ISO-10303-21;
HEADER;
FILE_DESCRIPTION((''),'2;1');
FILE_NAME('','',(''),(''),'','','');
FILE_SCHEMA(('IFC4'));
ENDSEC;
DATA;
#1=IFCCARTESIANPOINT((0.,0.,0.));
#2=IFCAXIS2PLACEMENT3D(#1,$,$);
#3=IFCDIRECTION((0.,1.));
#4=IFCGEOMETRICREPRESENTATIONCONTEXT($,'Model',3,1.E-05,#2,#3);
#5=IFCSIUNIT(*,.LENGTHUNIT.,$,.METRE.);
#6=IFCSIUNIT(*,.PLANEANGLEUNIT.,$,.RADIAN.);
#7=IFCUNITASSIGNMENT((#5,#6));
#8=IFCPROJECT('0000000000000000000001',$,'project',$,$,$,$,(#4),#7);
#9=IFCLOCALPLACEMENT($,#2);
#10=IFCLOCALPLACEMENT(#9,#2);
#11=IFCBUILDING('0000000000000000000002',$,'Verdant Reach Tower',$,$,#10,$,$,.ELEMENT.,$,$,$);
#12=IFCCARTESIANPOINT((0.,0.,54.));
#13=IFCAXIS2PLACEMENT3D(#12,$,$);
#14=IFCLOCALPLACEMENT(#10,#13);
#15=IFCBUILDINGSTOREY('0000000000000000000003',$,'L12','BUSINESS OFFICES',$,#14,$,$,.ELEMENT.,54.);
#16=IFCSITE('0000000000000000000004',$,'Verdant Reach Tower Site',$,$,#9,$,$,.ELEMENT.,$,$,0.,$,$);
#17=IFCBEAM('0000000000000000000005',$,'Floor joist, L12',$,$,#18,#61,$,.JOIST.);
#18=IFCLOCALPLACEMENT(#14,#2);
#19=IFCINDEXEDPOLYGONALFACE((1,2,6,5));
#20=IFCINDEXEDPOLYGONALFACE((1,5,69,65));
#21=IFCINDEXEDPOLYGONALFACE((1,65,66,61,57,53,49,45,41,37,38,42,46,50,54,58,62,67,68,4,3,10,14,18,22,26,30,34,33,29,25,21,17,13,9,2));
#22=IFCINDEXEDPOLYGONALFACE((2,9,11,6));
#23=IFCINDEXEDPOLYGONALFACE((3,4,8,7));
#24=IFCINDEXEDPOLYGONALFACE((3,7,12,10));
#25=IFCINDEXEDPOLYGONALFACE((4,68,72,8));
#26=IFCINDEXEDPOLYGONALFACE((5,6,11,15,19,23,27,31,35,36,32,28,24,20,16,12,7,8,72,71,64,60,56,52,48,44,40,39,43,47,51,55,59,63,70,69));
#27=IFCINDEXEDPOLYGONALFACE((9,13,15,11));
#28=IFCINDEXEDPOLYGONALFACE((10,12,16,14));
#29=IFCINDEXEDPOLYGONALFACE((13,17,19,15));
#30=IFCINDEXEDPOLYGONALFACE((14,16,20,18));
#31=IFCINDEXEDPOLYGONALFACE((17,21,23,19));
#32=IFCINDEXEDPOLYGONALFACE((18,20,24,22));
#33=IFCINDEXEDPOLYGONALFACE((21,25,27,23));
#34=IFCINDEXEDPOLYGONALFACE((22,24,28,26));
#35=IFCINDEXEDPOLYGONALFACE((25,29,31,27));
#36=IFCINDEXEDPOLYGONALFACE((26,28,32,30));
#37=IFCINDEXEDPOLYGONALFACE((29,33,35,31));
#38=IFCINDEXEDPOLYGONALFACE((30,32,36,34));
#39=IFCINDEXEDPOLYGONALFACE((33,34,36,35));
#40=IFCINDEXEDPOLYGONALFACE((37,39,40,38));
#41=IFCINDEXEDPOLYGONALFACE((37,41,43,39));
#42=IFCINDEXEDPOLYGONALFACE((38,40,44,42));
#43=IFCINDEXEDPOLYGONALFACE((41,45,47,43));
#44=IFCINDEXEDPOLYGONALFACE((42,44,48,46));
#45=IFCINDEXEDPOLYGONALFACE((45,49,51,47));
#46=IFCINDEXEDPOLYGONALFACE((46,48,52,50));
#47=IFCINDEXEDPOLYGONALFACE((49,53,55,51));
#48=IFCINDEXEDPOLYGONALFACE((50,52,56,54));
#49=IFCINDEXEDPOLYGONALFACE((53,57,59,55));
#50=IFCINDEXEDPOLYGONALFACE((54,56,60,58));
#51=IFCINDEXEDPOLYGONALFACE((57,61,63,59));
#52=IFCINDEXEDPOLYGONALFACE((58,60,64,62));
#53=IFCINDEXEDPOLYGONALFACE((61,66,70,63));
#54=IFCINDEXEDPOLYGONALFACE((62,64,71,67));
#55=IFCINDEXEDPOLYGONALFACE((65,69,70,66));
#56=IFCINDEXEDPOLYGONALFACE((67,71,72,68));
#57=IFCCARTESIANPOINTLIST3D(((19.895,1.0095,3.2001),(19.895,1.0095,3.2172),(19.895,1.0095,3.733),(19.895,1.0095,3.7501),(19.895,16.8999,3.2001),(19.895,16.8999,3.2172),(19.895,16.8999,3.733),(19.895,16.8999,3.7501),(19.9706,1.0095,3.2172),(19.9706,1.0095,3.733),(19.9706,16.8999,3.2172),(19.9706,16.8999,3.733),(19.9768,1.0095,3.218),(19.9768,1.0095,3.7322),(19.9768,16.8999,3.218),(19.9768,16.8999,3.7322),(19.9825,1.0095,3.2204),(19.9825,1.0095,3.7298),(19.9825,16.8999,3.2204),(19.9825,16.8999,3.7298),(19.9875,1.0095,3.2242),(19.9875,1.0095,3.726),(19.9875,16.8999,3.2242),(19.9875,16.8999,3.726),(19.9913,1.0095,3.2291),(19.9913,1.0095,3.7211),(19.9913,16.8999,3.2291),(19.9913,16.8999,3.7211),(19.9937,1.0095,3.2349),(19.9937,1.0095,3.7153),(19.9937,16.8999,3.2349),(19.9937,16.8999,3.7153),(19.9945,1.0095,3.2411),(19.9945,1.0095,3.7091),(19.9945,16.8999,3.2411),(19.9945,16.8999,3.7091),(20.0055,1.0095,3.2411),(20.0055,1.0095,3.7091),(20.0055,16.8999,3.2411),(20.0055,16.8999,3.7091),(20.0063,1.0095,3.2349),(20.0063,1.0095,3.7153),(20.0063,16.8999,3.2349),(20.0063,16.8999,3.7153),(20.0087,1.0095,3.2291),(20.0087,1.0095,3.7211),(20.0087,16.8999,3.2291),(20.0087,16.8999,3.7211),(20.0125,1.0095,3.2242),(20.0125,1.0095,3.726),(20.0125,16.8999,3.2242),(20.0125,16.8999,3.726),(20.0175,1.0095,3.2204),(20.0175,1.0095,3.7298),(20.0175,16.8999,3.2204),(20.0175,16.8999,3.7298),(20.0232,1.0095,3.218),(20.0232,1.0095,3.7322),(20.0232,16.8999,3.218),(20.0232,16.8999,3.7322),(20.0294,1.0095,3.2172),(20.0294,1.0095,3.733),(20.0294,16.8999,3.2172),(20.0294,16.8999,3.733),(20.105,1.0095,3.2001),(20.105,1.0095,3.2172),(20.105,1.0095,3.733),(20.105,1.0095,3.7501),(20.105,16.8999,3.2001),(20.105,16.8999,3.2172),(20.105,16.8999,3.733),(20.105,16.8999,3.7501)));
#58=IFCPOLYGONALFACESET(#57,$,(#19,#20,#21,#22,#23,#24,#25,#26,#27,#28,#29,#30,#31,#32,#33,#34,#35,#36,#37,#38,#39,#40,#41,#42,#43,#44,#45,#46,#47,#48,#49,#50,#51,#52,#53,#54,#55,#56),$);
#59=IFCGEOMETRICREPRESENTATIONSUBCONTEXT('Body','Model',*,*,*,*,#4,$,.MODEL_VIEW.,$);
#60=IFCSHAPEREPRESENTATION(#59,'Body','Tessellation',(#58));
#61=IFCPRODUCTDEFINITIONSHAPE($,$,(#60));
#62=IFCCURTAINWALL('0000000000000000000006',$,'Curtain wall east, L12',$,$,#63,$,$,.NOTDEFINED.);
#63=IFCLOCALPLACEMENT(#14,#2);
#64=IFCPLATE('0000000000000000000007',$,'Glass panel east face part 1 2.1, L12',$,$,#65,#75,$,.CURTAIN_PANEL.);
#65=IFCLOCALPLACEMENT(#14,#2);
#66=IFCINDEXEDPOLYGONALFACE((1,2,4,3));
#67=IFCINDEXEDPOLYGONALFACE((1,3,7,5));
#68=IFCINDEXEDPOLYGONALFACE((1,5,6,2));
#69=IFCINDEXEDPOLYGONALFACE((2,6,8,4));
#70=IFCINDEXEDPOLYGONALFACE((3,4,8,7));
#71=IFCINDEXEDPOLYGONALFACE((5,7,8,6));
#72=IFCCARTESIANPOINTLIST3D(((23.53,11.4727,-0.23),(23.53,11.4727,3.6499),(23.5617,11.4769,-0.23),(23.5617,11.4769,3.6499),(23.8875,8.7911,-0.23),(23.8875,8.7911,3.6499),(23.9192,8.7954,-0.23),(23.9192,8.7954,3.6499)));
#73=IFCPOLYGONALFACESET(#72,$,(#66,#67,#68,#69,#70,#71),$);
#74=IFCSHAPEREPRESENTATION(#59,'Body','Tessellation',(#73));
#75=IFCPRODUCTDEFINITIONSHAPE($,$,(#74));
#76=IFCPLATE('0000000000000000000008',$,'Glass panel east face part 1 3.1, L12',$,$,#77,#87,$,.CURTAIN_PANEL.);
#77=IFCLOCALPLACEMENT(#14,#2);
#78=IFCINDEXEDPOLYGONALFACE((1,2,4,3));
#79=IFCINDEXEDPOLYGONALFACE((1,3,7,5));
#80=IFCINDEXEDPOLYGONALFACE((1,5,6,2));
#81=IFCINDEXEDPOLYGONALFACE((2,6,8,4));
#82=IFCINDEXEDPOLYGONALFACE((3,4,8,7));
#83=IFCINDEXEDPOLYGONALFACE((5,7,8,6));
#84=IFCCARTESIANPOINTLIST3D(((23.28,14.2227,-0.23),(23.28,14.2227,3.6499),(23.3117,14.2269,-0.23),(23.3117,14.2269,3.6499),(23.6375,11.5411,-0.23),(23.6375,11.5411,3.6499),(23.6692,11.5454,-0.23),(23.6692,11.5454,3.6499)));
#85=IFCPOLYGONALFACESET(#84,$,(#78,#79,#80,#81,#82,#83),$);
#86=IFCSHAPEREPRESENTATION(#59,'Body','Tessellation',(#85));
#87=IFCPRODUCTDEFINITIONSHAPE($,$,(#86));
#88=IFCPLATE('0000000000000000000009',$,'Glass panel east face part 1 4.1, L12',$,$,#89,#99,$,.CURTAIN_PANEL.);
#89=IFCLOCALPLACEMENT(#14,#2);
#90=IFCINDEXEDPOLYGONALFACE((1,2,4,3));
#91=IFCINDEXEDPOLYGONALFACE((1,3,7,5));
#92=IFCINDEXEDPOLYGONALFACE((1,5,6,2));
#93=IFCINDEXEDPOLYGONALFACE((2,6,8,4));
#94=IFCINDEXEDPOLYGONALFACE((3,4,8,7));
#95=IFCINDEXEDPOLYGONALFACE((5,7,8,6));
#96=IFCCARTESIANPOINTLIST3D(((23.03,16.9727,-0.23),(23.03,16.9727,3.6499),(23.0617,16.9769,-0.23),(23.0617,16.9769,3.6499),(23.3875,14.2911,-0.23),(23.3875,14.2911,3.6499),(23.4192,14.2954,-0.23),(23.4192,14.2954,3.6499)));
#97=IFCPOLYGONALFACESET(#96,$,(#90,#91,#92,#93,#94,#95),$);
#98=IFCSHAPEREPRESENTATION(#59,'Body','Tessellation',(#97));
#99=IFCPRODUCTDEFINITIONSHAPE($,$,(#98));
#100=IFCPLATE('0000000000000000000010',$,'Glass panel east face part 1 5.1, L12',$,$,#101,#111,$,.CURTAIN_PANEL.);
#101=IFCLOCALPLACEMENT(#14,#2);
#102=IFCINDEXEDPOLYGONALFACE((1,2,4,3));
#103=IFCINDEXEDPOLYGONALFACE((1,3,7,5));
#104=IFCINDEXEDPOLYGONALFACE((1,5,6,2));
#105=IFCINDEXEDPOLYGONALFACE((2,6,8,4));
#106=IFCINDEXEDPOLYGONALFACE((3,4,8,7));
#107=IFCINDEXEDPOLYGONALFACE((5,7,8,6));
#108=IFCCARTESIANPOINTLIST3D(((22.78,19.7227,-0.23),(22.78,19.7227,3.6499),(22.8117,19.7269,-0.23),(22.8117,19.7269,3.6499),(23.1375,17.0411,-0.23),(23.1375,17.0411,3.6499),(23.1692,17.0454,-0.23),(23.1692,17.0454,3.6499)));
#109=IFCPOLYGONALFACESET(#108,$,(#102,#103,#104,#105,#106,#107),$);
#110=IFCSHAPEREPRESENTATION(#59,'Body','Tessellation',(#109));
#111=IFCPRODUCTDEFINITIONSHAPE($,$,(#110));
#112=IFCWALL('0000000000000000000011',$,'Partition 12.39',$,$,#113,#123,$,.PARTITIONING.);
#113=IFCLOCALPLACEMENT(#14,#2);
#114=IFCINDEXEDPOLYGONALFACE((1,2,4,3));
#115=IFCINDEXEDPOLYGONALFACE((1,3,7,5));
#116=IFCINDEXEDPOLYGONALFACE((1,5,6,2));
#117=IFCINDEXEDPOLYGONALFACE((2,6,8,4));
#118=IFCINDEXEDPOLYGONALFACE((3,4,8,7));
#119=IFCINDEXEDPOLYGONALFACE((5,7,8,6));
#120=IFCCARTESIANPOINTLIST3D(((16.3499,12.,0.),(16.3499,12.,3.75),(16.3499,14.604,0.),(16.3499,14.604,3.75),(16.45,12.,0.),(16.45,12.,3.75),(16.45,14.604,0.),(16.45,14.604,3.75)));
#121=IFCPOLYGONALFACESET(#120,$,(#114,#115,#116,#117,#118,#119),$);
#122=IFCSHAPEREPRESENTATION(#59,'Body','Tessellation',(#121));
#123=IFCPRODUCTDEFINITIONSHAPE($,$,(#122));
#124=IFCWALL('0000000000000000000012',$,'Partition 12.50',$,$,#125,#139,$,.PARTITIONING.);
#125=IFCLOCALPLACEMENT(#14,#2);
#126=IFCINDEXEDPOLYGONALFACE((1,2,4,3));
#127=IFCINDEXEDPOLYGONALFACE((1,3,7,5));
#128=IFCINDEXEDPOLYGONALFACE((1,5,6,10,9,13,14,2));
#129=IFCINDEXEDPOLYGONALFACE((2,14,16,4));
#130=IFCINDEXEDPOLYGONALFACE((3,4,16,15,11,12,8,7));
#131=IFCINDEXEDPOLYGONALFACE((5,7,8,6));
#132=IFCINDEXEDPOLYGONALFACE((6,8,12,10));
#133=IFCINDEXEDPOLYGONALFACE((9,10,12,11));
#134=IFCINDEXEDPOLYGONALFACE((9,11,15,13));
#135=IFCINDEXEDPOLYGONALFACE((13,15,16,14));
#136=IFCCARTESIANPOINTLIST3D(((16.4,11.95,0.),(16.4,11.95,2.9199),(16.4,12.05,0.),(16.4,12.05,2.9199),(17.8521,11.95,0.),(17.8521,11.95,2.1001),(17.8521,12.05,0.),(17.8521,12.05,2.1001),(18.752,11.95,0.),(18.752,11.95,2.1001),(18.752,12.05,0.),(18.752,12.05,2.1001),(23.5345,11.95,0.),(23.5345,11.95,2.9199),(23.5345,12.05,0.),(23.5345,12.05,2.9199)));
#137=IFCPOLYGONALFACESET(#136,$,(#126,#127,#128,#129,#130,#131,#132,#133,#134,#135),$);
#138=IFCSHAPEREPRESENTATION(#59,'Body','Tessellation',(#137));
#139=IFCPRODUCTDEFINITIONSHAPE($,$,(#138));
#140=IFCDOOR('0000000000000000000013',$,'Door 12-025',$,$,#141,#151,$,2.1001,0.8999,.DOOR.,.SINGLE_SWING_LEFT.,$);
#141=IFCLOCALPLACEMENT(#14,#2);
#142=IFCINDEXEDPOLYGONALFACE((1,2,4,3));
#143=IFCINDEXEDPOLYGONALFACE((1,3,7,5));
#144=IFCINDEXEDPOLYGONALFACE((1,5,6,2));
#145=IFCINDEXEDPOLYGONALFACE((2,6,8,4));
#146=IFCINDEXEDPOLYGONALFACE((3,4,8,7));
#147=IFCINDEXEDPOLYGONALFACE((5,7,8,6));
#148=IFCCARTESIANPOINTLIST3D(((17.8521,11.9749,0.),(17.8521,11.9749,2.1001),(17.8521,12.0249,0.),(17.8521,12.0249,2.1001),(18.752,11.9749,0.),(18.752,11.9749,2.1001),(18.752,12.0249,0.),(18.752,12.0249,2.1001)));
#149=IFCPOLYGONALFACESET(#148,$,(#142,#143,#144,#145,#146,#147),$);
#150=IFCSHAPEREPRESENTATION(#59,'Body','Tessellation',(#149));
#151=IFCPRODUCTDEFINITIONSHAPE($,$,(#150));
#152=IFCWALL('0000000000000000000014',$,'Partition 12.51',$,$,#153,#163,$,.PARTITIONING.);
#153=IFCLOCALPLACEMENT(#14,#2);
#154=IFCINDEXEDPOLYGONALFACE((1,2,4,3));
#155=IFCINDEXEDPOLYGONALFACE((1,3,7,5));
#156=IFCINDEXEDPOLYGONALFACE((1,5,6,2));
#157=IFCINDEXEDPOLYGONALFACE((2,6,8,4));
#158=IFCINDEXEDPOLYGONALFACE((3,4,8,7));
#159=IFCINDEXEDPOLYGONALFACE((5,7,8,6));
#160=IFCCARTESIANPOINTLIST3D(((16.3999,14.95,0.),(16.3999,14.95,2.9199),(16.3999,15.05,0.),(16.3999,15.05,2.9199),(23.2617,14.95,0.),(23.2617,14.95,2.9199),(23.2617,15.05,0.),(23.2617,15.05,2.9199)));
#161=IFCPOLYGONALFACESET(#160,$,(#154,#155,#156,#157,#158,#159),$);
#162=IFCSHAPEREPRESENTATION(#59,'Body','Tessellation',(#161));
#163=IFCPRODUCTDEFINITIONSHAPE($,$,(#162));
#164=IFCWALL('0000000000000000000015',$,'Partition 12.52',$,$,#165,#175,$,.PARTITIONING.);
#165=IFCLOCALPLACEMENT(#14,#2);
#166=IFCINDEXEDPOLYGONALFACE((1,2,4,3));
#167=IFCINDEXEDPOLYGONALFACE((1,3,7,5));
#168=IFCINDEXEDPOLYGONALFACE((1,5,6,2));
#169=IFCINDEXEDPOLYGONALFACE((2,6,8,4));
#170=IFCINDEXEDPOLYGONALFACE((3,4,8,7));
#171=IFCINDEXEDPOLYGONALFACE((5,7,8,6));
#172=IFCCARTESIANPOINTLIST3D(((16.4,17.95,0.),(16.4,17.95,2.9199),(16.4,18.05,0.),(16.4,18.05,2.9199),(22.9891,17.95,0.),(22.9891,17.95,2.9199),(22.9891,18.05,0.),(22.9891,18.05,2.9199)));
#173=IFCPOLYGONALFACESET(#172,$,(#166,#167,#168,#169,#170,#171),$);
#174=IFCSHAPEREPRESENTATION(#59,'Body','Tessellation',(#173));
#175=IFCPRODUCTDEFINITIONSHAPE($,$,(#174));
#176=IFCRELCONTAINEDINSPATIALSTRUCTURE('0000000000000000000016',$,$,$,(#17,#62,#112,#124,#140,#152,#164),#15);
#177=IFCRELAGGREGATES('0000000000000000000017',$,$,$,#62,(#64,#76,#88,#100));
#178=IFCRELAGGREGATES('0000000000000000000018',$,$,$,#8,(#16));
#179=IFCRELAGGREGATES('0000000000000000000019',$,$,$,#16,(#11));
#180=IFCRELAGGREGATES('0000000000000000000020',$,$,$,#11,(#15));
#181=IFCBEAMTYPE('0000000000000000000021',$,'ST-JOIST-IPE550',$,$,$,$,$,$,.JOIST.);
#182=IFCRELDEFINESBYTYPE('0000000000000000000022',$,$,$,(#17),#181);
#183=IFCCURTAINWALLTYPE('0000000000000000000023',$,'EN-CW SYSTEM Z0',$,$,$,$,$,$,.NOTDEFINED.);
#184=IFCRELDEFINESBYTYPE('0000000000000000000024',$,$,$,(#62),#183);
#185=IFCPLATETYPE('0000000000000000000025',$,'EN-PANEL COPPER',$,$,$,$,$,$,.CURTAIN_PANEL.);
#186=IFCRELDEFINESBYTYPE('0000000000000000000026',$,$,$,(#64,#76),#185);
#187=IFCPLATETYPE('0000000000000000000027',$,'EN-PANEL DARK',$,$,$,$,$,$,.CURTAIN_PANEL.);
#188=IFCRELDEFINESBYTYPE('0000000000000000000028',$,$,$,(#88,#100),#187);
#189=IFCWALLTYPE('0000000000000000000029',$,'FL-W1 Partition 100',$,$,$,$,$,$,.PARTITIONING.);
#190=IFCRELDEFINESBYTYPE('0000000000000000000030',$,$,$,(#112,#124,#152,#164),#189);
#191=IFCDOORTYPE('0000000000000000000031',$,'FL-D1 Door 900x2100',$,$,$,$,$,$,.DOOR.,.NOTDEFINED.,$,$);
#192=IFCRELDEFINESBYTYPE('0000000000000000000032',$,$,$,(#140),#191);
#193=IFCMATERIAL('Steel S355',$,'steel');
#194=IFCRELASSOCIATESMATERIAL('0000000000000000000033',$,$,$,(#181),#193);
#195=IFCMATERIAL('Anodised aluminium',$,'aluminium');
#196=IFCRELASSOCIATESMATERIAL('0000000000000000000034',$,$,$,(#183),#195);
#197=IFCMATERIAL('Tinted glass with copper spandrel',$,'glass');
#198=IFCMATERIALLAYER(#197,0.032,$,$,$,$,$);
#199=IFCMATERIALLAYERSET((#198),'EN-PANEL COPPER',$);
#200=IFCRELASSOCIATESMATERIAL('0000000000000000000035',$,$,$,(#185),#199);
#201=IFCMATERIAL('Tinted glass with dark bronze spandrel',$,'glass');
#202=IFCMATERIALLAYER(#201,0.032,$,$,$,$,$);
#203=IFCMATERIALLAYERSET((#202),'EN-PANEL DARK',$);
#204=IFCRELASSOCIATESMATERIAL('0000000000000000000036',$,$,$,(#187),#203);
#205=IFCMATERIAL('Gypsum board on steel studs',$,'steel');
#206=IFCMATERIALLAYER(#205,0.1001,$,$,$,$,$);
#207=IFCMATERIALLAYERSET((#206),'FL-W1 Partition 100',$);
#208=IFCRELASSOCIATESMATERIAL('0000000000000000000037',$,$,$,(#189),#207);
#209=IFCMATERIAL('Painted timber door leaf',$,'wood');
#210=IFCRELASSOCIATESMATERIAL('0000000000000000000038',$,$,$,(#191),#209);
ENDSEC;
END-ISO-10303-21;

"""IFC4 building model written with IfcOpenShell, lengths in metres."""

from ifc_helpers import new_model, si_unit, direction, frame, frame_2d, origin, origin_2d, place, context, subcontext, project, spatial, rectangle, i_section, extrude, material, layer, layer_set, material_profile, profile_set, type_object, element, fill, aggregate, save


model = new_model("IFC4")

# Units and contexts
model_context = context("Model", 3, precision=1e-05, world=origin(), true_north=direction((0.0, 1.0)))
body_context = subcontext(model_context, "Body", "Model", "MODEL_VIEW")
ifc_project = project(units=[si_unit("LENGTHUNIT", "METRE"), si_unit("PLANEANGLEUNIT", "RADIAN")], contexts=[model_context])

# Site, building, storey
site_placement = place(None, origin())
site = spatial("IfcSite", under=ifc_project, at=site_placement, Name="Verdant Reach Tower Site", CompositionType="ELEMENT", RefElevation=0.0)
building_placement = place(site_placement, origin())
building = spatial("IfcBuilding", under=site, at=building_placement, Name="Verdant Reach Tower", CompositionType="ELEMENT")
storey_placement = place(building_placement, frame((0.0, 0.0, 54.0)))
storey = spatial("IfcBuildingStorey", under=building, at=storey_placement, Name="L12", Description="BUSINESS OFFICES", CompositionType="ELEMENT", Elevation=54.0)

# Beam
ifc_material_1 = material(Name="Steel S355", Category="steel")
ifc_material_profile_1 = material_profile(ifc_material_1, i_section(OverallWidth=0.21, OverallDepth=0.55, WebThickness=0.011, FlangeThickness=0.0171, FilletRadius=0.0239, at=origin_2d()), Name="IPE 550")
ifc_profile_set_1 = profile_set([ifc_material_profile_1], Name="Steel S355")
beam_type_1 = type_object("IfcBeamType", Name="ST-JOIST-IPE550", PredefinedType="JOIST", material=ifc_profile_set_1)
beam_1_placement = place(storey_placement, frame((20.0, 16.8999, 3.4751), z_axis=(0.0, -1.0, 0.0), x_axis=(1.0, 0.0, 0.0)))
element("IfcBeam", 1, at=beam_1_placement, inside=storey, type_object=beam_type_1, Name="Floor joist, L12", PredefinedType="JOIST", context=body_context, shape_type="SweptSolid", body=[
    extrude(i_section(OverallWidth=0.21, OverallDepth=0.55, WebThickness=0.011, FlangeThickness=0.0171, FilletRadius=0.0239, at=origin_2d()), origin(), (0.0, 0.0, 1.0), 15.8904),
])

# Curtain wall, plates
ifc_material_2 = material(Name="Anodised aluminium", Category="aluminium")
curtain_wall_type = type_object("IfcCurtainWallType", Name="EN-CW SYSTEM Z0", PredefinedType="NOTDEFINED", material=ifc_material_2)
curtain_wall_placement = place(storey_placement, origin())
curtain_wall = element("IfcCurtainWall", 2, at=curtain_wall_placement, inside=storey, type_object=curtain_wall_type, Name="Curtain wall east, L12", PredefinedType="NOTDEFINED")
ifc_material_3 = material(Name="Tinted glass with copper spandrel", Category="glass")
ifc_layer_1 = layer(ifc_material_3, 0.032)
ifc_layer_set_1 = layer_set([ifc_layer_1], Name="EN-PANEL COPPER")
plate_type_1 = type_object("IfcPlateType", Name="EN-PANEL COPPER", PredefinedType="CURTAIN_PANEL", material=ifc_layer_set_1)
plate_1_placement = place(storey_placement, frame((23.7246, 10.134, -0.23), z_axis=(0.0, 0.0, 1.0), x_axis=(-0.13216, 0.991228, 0.0)))
plate_1 = element("IfcPlate", 3, at=plate_1_placement, type_object=plate_type_1, Name="Glass panel east face part 1 2.1, L12", PredefinedType="CURTAIN_PANEL", context=body_context, shape_type="SweptSolid", body=[
    extrude(rectangle(XDim=2.7053, YDim=0.032, at=origin_2d()), origin(), (0.0, 0.0, 1.0), 3.8799),
])
plate_2_placement = place(storey_placement, frame((23.4746, 12.884, -0.23), z_axis=(0.0, 0.0, 1.0), x_axis=(-0.13216, 0.991228, 0.0)))
plate_2 = element("IfcPlate", 4, at=plate_2_placement, type_object=plate_type_1, Name="Glass panel east face part 1 3.1, L12", PredefinedType="CURTAIN_PANEL", context=body_context, shape_type="SweptSolid", body=[
    extrude(rectangle(XDim=2.7053, YDim=0.032, at=origin_2d()), origin(), (0.0, 0.0, 1.0), 3.8799),
])
ifc_material_4 = material(Name="Tinted glass with dark bronze spandrel", Category="glass")
ifc_layer_2 = layer(ifc_material_4, 0.032)
ifc_layer_set_2 = layer_set([ifc_layer_2], Name="EN-PANEL DARK")
plate_type_2 = type_object("IfcPlateType", Name="EN-PANEL DARK", PredefinedType="CURTAIN_PANEL", material=ifc_layer_set_2)
plate_3_placement = place(storey_placement, frame((23.2246, 15.634, -0.23), z_axis=(0.0, 0.0, 1.0), x_axis=(-0.13216, 0.991228, 0.0)))
plate_3 = element("IfcPlate", 5, at=plate_3_placement, type_object=plate_type_2, Name="Glass panel east face part 1 4.1, L12", PredefinedType="CURTAIN_PANEL", context=body_context, shape_type="SweptSolid", body=[
    extrude(rectangle(XDim=2.7053, YDim=0.032, at=origin_2d()), origin(), (0.0, 0.0, 1.0), 3.8799),
])
plate_4_placement = place(storey_placement, frame((22.9746, 18.384, -0.23), z_axis=(0.0, 0.0, 1.0), x_axis=(-0.13216, 0.991228, 0.0)))
plate_4 = element("IfcPlate", 6, at=plate_4_placement, type_object=plate_type_2, Name="Glass panel east face part 1 5.1, L12", PredefinedType="CURTAIN_PANEL", context=body_context, shape_type="SweptSolid", body=[
    extrude(rectangle(XDim=2.7053, YDim=0.032, at=origin_2d()), origin(), (0.0, 0.0, 1.0), 3.8799),
])
aggregate(curtain_wall, [plate_1, plate_2, plate_3, plate_4])

# Wall
ifc_material_5 = material(Name="Gypsum board on steel studs", Category="steel")
ifc_layer_3 = layer(ifc_material_5, 0.1001)
ifc_layer_set_3 = layer_set([ifc_layer_3], Name="FL-W1 Partition 100")
wall_type_1 = type_object("IfcWallType", Name="FL-W1 Partition 100", PredefinedType="PARTITIONING", material=ifc_layer_set_3)
wall_1_placement = place(storey_placement, frame((16.3999, 12.0, 0.0), z_axis=(0.0, 0.0, 1.0), x_axis=(0.0, 1.0, 0.0)))
element("IfcWall", 7, at=wall_1_placement, inside=storey, type_object=wall_type_1, Name="Partition 12.39", PredefinedType="PARTITIONING", context=body_context, shape_type="SweptSolid", body=[
    extrude(rectangle(XDim=2.604, YDim=0.1001, at=frame_2d((1.302, 0.0))), origin(), (0.0, 0.0, 1.0), 3.75),
])

# Wall, opening, door
wall_2_placement = place(storey_placement, frame((16.3999, 12.0, 0.0), z_axis=(0.0, 0.0, 1.0), x_axis=(1.0, 0.0, 0.0)))
wall_2 = element("IfcWall", 8, at=wall_2_placement, inside=storey, type_object=wall_type_1, Name="Partition 12.50", PredefinedType="PARTITIONING", context=body_context, shape_type="SweptSolid", body=[
    extrude(rectangle(XDim=7.1345, YDim=0.1001, at=frame_2d((3.5674, 0.0))), origin(), (0.0, 0.0, 1.0), 2.9199),
])
opening_1_placement = place(wall_2_placement, frame((1.4521, 0.0, 0.0)))
opening_1 = element("IfcOpeningElement", 9, at=opening_1_placement, cuts=wall_2, PredefinedType="OPENING", context=body_context, shape_type="SweptSolid", body=[
    extrude(rectangle(XDim=0.8999, YDim=2.1001, at=frame_2d((0.45, 1.05))), frame((0.0, 0.0601, 0.0), z_axis=(0.0, -1.0, 0.0), x_axis=(1.0, 0.0, 0.0)), (0.0, 0.0, 1.0), 0.1201),
])
ifc_material_6 = material(Name="Painted timber door leaf", Category="wood")
door_type_1 = type_object("IfcDoorType", Name="FL-D1 Door 900x2100", OperationType="NOTDEFINED", PredefinedType="DOOR", material=ifc_material_6)
door_1_placement = place(opening_1_placement, origin())
door_1 = element("IfcDoor", 10, at=door_1_placement, inside=storey, type_object=door_type_1, Name="Door 12-025", OperationType="SINGLE_SWING_LEFT", OverallHeight=2.1001, OverallWidth=0.8999, PredefinedType="DOOR", context=body_context, shape_type="SweptSolid", body=[
    extrude(rectangle(XDim=0.8999, YDim=2.1001, at=frame_2d((0.45, 1.05))), frame((0.0, 0.0249, 0.0), z_axis=(0.0, -1.0, 0.0), x_axis=(1.0, 0.0, 0.0)), (0.0, 0.0, 1.0), 0.05),
])
fill(opening_1, door_1)

# Walls
wall_3_placement = place(storey_placement, frame((23.2617, 15.0, 0.0), z_axis=(0.0, 0.0, 1.0), x_axis=(-1.0, 0.0, 0.0)))
element("IfcWall", 11, at=wall_3_placement, inside=storey, type_object=wall_type_1, Name="Partition 12.51", PredefinedType="PARTITIONING", context=body_context, shape_type="SweptSolid", body=[
    extrude(rectangle(XDim=6.8618, YDim=0.1001, at=frame_2d((3.4309, 0.0))), origin(), (0.0, 0.0, 1.0), 2.9199),
])
wall_4_placement = place(storey_placement, frame((22.989, 18.0, 0.0), z_axis=(0.0, 0.0, 1.0), x_axis=(-1.0, 0.0, 0.0)))
element("IfcWall", 12, at=wall_4_placement, inside=storey, type_object=wall_type_1, Name="Partition 12.52", PredefinedType="PARTITIONING", context=body_context, shape_type="SweptSolid", body=[
    extrude(rectangle(XDim=6.5891, YDim=0.1001, at=frame_2d((3.2944, 0.0))), origin(), (0.0, 0.0, 1.0), 2.9199),
])

save(model, "model.ifc")
